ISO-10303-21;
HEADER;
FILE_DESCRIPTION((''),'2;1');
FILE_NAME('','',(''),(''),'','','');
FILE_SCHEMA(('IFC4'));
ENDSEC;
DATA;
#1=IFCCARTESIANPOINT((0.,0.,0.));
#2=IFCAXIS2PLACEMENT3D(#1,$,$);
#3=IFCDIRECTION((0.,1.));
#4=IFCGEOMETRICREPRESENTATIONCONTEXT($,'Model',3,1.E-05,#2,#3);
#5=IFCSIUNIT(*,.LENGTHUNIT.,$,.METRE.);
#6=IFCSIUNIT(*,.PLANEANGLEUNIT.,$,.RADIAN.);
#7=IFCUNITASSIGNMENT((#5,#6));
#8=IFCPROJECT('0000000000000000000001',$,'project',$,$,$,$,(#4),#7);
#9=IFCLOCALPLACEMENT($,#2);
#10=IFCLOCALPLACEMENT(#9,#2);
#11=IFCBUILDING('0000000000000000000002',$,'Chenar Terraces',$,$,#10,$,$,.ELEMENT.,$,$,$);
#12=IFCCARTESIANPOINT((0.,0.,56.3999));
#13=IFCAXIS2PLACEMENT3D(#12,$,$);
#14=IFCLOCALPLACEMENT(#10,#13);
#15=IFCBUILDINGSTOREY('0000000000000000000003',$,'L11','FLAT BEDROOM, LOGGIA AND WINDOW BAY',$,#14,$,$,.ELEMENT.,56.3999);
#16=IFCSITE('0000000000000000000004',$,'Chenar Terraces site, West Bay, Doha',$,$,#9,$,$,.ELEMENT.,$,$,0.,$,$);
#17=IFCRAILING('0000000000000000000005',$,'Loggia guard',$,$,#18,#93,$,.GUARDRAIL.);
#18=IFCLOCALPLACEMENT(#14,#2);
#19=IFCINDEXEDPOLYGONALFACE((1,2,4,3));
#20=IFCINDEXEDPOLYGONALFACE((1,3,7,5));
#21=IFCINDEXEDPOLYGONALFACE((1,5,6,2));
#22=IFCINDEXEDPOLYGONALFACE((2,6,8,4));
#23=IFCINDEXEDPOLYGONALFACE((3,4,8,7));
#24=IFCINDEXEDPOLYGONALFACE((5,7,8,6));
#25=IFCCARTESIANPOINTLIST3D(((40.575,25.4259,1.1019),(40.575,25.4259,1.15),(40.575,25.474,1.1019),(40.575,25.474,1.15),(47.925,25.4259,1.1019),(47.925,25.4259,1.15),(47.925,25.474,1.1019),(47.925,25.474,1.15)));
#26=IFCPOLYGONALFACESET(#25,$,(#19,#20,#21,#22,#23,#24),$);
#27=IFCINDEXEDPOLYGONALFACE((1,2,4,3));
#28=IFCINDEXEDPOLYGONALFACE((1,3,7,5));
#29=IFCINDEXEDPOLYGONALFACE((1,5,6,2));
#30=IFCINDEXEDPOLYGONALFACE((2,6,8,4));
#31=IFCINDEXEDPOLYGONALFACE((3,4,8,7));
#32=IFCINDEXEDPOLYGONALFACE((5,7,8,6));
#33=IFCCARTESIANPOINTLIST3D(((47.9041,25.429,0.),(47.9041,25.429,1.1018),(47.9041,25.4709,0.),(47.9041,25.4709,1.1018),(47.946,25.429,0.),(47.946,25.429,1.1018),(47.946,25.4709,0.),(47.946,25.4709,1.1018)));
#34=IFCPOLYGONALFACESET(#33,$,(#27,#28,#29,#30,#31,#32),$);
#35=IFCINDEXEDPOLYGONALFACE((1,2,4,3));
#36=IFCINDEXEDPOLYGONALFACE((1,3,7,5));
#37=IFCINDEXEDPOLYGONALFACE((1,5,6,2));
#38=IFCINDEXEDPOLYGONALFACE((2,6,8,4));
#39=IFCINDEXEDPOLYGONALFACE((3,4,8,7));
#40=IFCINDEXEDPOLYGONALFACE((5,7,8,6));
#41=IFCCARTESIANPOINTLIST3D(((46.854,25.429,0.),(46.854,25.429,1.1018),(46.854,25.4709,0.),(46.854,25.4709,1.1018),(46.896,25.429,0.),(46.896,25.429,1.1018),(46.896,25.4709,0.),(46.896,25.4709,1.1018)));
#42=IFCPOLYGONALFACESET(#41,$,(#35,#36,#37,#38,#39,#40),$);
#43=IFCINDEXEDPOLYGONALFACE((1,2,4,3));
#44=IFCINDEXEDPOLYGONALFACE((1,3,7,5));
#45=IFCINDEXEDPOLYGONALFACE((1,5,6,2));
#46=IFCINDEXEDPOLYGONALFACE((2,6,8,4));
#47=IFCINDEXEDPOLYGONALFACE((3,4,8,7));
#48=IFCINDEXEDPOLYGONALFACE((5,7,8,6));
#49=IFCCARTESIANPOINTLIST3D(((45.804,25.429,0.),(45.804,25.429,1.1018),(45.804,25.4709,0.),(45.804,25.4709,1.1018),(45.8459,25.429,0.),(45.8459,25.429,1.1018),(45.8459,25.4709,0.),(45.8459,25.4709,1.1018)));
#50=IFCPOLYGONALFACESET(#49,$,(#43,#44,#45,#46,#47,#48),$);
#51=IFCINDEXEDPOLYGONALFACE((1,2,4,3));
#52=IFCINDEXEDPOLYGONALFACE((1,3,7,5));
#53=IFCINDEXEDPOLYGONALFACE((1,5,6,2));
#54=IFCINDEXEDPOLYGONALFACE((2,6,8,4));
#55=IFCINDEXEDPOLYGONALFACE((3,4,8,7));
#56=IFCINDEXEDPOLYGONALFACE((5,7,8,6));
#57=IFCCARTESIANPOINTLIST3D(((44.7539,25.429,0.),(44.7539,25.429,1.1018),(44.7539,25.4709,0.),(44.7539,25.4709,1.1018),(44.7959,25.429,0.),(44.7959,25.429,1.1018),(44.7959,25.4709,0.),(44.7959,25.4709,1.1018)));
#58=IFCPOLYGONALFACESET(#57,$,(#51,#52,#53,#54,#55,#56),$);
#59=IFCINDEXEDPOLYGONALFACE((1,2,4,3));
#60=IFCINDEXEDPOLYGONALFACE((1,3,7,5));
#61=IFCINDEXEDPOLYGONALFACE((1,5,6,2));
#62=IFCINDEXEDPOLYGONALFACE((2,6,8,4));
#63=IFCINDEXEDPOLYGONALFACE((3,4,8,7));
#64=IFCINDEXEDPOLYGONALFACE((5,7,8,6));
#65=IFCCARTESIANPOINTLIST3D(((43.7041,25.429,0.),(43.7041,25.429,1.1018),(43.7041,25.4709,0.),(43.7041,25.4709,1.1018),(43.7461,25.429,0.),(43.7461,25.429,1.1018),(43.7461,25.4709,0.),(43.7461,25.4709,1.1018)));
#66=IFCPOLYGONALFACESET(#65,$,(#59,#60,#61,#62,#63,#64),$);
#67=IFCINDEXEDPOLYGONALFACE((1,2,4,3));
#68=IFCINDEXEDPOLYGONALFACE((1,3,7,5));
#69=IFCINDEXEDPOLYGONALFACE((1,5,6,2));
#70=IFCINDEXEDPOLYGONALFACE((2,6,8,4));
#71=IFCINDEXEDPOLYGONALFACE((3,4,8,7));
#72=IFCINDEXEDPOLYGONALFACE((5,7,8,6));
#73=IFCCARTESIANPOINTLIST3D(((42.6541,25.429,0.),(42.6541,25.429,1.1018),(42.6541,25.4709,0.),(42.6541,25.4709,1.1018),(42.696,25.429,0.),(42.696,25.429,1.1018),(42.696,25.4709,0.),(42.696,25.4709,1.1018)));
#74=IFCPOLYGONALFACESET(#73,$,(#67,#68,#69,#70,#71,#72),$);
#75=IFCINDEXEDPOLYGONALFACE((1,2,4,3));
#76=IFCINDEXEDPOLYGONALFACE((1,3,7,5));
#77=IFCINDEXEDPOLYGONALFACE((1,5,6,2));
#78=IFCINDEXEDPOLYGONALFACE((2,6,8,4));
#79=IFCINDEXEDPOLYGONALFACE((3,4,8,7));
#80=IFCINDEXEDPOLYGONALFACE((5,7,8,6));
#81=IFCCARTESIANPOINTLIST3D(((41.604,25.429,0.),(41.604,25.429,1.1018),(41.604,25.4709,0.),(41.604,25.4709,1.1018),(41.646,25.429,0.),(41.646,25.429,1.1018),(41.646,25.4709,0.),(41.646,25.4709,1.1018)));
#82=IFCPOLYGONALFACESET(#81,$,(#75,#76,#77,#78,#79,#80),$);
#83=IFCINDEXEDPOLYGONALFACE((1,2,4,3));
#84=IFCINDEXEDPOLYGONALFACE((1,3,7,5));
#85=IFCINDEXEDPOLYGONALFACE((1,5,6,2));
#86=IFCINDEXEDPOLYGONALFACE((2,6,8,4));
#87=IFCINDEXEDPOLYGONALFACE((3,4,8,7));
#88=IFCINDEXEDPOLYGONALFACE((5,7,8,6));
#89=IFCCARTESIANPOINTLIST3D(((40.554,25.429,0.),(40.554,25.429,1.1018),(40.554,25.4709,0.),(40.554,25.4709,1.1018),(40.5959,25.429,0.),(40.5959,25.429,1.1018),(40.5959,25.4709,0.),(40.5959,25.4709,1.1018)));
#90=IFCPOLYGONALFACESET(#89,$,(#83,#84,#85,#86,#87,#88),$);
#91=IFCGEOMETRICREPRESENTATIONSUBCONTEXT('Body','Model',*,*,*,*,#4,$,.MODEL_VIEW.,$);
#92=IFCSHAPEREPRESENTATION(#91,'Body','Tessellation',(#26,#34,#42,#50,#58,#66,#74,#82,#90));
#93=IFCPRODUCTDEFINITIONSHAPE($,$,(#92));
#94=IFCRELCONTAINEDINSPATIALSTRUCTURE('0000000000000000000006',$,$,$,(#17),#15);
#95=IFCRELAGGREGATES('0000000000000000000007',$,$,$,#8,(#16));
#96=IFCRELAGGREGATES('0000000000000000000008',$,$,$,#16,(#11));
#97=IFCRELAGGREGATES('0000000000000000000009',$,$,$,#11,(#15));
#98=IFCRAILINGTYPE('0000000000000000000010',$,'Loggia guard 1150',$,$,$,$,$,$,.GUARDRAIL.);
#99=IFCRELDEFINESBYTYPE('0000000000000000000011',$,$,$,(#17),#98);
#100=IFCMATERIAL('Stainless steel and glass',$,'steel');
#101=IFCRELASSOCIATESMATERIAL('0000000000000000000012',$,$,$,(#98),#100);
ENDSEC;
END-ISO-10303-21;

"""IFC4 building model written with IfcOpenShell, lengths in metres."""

from ifc_helpers import new_model, si_unit, direction, frame, origin, origin_2d, place, context, subcontext, project, spatial, rectangle, extrude, material, type_object, element, save


model = new_model("IFC4")

# Units and contexts
model_context = context("Model", 3, precision=1e-05, world=origin(), true_north=direction((0.0, 1.0)))
body_context = subcontext(model_context, "Body", "Model", "MODEL_VIEW")
ifc_project = project(units=[si_unit("LENGTHUNIT", "METRE"), si_unit("PLANEANGLEUNIT", "RADIAN")], contexts=[model_context])

# Site, building, storey
site_placement = place(None, origin())
site = spatial("IfcSite", under=ifc_project, at=site_placement, Name="Chenar Terraces site, West Bay, Doha", CompositionType="ELEMENT", RefElevation=0.0)
building_placement = place(site_placement, origin())
building = spatial("IfcBuilding", under=site, at=building_placement, Name="Chenar Terraces", CompositionType="ELEMENT")
storey_placement = place(building_placement, frame((0.0, 0.0, 56.3999)))
storey = spatial("IfcBuildingStorey", under=building, at=storey_placement, Name="L11", Description="FLAT BEDROOM, LOGGIA AND WINDOW BAY", CompositionType="ELEMENT", Elevation=56.3999)

# Railing
ifc_material_1 = material(Name="Stainless steel and glass", Category="steel")
railing_type_1 = type_object("IfcRailingType", Name="Loggia guard 1150", PredefinedType="GUARDRAIL", material=ifc_material_1)
railing_1_placement = place(storey_placement, frame((47.925, 25.45, 0.0)))
element("IfcRailing", 1, at=railing_1_placement, inside=storey, type_object=railing_type_1, Name="Loggia guard", PredefinedType="GUARDRAIL", context=body_context, shape_type="SweptSolid", body=[
    extrude(rectangle(XDim=0.0481, YDim=0.0481, at=origin_2d()), frame((0.0, 0.0, 1.126), z_axis=(-1.0, 0.0, 0.0), x_axis=(0.0, -1.0, 0.0)), (0.0, 0.0, 1.0), 7.3501),
    extrude(rectangle(XDim=0.042, YDim=0.042, at=origin_2d()), origin(), (0.0, 0.0, 1.0), 1.1018),
    extrude(rectangle(XDim=0.042, YDim=0.042, at=origin_2d()), frame((-1.05, 0.0, 0.0)), (0.0, 0.0, 1.0), 1.1018),
    extrude(rectangle(XDim=0.042, YDim=0.042, at=origin_2d()), frame((-2.1001, 0.0, 0.0)), (0.0, 0.0, 1.0), 1.1018),
    extrude(rectangle(XDim=0.042, YDim=0.042, at=origin_2d()), frame((-3.1501, 0.0, 0.0)), (0.0, 0.0, 1.0), 1.1018),
    extrude(rectangle(XDim=0.042, YDim=0.042, at=origin_2d()), frame((-4.2, 0.0, 0.0)), (0.0, 0.0, 1.0), 1.1018),
    extrude(rectangle(XDim=0.042, YDim=0.042, at=origin_2d()), frame((-5.25, 0.0, 0.0)), (0.0, 0.0, 1.0), 1.1018),
    extrude(rectangle(XDim=0.042, YDim=0.042, at=origin_2d()), frame((-6.3, 0.0, 0.0)), (0.0, 0.0, 1.0), 1.1018),
    extrude(rectangle(XDim=0.042, YDim=0.042, at=origin_2d()), frame((-7.3501, 0.0, 0.0)), (0.0, 0.0, 1.0), 1.1018),
])

save(model, "model.ifc")
